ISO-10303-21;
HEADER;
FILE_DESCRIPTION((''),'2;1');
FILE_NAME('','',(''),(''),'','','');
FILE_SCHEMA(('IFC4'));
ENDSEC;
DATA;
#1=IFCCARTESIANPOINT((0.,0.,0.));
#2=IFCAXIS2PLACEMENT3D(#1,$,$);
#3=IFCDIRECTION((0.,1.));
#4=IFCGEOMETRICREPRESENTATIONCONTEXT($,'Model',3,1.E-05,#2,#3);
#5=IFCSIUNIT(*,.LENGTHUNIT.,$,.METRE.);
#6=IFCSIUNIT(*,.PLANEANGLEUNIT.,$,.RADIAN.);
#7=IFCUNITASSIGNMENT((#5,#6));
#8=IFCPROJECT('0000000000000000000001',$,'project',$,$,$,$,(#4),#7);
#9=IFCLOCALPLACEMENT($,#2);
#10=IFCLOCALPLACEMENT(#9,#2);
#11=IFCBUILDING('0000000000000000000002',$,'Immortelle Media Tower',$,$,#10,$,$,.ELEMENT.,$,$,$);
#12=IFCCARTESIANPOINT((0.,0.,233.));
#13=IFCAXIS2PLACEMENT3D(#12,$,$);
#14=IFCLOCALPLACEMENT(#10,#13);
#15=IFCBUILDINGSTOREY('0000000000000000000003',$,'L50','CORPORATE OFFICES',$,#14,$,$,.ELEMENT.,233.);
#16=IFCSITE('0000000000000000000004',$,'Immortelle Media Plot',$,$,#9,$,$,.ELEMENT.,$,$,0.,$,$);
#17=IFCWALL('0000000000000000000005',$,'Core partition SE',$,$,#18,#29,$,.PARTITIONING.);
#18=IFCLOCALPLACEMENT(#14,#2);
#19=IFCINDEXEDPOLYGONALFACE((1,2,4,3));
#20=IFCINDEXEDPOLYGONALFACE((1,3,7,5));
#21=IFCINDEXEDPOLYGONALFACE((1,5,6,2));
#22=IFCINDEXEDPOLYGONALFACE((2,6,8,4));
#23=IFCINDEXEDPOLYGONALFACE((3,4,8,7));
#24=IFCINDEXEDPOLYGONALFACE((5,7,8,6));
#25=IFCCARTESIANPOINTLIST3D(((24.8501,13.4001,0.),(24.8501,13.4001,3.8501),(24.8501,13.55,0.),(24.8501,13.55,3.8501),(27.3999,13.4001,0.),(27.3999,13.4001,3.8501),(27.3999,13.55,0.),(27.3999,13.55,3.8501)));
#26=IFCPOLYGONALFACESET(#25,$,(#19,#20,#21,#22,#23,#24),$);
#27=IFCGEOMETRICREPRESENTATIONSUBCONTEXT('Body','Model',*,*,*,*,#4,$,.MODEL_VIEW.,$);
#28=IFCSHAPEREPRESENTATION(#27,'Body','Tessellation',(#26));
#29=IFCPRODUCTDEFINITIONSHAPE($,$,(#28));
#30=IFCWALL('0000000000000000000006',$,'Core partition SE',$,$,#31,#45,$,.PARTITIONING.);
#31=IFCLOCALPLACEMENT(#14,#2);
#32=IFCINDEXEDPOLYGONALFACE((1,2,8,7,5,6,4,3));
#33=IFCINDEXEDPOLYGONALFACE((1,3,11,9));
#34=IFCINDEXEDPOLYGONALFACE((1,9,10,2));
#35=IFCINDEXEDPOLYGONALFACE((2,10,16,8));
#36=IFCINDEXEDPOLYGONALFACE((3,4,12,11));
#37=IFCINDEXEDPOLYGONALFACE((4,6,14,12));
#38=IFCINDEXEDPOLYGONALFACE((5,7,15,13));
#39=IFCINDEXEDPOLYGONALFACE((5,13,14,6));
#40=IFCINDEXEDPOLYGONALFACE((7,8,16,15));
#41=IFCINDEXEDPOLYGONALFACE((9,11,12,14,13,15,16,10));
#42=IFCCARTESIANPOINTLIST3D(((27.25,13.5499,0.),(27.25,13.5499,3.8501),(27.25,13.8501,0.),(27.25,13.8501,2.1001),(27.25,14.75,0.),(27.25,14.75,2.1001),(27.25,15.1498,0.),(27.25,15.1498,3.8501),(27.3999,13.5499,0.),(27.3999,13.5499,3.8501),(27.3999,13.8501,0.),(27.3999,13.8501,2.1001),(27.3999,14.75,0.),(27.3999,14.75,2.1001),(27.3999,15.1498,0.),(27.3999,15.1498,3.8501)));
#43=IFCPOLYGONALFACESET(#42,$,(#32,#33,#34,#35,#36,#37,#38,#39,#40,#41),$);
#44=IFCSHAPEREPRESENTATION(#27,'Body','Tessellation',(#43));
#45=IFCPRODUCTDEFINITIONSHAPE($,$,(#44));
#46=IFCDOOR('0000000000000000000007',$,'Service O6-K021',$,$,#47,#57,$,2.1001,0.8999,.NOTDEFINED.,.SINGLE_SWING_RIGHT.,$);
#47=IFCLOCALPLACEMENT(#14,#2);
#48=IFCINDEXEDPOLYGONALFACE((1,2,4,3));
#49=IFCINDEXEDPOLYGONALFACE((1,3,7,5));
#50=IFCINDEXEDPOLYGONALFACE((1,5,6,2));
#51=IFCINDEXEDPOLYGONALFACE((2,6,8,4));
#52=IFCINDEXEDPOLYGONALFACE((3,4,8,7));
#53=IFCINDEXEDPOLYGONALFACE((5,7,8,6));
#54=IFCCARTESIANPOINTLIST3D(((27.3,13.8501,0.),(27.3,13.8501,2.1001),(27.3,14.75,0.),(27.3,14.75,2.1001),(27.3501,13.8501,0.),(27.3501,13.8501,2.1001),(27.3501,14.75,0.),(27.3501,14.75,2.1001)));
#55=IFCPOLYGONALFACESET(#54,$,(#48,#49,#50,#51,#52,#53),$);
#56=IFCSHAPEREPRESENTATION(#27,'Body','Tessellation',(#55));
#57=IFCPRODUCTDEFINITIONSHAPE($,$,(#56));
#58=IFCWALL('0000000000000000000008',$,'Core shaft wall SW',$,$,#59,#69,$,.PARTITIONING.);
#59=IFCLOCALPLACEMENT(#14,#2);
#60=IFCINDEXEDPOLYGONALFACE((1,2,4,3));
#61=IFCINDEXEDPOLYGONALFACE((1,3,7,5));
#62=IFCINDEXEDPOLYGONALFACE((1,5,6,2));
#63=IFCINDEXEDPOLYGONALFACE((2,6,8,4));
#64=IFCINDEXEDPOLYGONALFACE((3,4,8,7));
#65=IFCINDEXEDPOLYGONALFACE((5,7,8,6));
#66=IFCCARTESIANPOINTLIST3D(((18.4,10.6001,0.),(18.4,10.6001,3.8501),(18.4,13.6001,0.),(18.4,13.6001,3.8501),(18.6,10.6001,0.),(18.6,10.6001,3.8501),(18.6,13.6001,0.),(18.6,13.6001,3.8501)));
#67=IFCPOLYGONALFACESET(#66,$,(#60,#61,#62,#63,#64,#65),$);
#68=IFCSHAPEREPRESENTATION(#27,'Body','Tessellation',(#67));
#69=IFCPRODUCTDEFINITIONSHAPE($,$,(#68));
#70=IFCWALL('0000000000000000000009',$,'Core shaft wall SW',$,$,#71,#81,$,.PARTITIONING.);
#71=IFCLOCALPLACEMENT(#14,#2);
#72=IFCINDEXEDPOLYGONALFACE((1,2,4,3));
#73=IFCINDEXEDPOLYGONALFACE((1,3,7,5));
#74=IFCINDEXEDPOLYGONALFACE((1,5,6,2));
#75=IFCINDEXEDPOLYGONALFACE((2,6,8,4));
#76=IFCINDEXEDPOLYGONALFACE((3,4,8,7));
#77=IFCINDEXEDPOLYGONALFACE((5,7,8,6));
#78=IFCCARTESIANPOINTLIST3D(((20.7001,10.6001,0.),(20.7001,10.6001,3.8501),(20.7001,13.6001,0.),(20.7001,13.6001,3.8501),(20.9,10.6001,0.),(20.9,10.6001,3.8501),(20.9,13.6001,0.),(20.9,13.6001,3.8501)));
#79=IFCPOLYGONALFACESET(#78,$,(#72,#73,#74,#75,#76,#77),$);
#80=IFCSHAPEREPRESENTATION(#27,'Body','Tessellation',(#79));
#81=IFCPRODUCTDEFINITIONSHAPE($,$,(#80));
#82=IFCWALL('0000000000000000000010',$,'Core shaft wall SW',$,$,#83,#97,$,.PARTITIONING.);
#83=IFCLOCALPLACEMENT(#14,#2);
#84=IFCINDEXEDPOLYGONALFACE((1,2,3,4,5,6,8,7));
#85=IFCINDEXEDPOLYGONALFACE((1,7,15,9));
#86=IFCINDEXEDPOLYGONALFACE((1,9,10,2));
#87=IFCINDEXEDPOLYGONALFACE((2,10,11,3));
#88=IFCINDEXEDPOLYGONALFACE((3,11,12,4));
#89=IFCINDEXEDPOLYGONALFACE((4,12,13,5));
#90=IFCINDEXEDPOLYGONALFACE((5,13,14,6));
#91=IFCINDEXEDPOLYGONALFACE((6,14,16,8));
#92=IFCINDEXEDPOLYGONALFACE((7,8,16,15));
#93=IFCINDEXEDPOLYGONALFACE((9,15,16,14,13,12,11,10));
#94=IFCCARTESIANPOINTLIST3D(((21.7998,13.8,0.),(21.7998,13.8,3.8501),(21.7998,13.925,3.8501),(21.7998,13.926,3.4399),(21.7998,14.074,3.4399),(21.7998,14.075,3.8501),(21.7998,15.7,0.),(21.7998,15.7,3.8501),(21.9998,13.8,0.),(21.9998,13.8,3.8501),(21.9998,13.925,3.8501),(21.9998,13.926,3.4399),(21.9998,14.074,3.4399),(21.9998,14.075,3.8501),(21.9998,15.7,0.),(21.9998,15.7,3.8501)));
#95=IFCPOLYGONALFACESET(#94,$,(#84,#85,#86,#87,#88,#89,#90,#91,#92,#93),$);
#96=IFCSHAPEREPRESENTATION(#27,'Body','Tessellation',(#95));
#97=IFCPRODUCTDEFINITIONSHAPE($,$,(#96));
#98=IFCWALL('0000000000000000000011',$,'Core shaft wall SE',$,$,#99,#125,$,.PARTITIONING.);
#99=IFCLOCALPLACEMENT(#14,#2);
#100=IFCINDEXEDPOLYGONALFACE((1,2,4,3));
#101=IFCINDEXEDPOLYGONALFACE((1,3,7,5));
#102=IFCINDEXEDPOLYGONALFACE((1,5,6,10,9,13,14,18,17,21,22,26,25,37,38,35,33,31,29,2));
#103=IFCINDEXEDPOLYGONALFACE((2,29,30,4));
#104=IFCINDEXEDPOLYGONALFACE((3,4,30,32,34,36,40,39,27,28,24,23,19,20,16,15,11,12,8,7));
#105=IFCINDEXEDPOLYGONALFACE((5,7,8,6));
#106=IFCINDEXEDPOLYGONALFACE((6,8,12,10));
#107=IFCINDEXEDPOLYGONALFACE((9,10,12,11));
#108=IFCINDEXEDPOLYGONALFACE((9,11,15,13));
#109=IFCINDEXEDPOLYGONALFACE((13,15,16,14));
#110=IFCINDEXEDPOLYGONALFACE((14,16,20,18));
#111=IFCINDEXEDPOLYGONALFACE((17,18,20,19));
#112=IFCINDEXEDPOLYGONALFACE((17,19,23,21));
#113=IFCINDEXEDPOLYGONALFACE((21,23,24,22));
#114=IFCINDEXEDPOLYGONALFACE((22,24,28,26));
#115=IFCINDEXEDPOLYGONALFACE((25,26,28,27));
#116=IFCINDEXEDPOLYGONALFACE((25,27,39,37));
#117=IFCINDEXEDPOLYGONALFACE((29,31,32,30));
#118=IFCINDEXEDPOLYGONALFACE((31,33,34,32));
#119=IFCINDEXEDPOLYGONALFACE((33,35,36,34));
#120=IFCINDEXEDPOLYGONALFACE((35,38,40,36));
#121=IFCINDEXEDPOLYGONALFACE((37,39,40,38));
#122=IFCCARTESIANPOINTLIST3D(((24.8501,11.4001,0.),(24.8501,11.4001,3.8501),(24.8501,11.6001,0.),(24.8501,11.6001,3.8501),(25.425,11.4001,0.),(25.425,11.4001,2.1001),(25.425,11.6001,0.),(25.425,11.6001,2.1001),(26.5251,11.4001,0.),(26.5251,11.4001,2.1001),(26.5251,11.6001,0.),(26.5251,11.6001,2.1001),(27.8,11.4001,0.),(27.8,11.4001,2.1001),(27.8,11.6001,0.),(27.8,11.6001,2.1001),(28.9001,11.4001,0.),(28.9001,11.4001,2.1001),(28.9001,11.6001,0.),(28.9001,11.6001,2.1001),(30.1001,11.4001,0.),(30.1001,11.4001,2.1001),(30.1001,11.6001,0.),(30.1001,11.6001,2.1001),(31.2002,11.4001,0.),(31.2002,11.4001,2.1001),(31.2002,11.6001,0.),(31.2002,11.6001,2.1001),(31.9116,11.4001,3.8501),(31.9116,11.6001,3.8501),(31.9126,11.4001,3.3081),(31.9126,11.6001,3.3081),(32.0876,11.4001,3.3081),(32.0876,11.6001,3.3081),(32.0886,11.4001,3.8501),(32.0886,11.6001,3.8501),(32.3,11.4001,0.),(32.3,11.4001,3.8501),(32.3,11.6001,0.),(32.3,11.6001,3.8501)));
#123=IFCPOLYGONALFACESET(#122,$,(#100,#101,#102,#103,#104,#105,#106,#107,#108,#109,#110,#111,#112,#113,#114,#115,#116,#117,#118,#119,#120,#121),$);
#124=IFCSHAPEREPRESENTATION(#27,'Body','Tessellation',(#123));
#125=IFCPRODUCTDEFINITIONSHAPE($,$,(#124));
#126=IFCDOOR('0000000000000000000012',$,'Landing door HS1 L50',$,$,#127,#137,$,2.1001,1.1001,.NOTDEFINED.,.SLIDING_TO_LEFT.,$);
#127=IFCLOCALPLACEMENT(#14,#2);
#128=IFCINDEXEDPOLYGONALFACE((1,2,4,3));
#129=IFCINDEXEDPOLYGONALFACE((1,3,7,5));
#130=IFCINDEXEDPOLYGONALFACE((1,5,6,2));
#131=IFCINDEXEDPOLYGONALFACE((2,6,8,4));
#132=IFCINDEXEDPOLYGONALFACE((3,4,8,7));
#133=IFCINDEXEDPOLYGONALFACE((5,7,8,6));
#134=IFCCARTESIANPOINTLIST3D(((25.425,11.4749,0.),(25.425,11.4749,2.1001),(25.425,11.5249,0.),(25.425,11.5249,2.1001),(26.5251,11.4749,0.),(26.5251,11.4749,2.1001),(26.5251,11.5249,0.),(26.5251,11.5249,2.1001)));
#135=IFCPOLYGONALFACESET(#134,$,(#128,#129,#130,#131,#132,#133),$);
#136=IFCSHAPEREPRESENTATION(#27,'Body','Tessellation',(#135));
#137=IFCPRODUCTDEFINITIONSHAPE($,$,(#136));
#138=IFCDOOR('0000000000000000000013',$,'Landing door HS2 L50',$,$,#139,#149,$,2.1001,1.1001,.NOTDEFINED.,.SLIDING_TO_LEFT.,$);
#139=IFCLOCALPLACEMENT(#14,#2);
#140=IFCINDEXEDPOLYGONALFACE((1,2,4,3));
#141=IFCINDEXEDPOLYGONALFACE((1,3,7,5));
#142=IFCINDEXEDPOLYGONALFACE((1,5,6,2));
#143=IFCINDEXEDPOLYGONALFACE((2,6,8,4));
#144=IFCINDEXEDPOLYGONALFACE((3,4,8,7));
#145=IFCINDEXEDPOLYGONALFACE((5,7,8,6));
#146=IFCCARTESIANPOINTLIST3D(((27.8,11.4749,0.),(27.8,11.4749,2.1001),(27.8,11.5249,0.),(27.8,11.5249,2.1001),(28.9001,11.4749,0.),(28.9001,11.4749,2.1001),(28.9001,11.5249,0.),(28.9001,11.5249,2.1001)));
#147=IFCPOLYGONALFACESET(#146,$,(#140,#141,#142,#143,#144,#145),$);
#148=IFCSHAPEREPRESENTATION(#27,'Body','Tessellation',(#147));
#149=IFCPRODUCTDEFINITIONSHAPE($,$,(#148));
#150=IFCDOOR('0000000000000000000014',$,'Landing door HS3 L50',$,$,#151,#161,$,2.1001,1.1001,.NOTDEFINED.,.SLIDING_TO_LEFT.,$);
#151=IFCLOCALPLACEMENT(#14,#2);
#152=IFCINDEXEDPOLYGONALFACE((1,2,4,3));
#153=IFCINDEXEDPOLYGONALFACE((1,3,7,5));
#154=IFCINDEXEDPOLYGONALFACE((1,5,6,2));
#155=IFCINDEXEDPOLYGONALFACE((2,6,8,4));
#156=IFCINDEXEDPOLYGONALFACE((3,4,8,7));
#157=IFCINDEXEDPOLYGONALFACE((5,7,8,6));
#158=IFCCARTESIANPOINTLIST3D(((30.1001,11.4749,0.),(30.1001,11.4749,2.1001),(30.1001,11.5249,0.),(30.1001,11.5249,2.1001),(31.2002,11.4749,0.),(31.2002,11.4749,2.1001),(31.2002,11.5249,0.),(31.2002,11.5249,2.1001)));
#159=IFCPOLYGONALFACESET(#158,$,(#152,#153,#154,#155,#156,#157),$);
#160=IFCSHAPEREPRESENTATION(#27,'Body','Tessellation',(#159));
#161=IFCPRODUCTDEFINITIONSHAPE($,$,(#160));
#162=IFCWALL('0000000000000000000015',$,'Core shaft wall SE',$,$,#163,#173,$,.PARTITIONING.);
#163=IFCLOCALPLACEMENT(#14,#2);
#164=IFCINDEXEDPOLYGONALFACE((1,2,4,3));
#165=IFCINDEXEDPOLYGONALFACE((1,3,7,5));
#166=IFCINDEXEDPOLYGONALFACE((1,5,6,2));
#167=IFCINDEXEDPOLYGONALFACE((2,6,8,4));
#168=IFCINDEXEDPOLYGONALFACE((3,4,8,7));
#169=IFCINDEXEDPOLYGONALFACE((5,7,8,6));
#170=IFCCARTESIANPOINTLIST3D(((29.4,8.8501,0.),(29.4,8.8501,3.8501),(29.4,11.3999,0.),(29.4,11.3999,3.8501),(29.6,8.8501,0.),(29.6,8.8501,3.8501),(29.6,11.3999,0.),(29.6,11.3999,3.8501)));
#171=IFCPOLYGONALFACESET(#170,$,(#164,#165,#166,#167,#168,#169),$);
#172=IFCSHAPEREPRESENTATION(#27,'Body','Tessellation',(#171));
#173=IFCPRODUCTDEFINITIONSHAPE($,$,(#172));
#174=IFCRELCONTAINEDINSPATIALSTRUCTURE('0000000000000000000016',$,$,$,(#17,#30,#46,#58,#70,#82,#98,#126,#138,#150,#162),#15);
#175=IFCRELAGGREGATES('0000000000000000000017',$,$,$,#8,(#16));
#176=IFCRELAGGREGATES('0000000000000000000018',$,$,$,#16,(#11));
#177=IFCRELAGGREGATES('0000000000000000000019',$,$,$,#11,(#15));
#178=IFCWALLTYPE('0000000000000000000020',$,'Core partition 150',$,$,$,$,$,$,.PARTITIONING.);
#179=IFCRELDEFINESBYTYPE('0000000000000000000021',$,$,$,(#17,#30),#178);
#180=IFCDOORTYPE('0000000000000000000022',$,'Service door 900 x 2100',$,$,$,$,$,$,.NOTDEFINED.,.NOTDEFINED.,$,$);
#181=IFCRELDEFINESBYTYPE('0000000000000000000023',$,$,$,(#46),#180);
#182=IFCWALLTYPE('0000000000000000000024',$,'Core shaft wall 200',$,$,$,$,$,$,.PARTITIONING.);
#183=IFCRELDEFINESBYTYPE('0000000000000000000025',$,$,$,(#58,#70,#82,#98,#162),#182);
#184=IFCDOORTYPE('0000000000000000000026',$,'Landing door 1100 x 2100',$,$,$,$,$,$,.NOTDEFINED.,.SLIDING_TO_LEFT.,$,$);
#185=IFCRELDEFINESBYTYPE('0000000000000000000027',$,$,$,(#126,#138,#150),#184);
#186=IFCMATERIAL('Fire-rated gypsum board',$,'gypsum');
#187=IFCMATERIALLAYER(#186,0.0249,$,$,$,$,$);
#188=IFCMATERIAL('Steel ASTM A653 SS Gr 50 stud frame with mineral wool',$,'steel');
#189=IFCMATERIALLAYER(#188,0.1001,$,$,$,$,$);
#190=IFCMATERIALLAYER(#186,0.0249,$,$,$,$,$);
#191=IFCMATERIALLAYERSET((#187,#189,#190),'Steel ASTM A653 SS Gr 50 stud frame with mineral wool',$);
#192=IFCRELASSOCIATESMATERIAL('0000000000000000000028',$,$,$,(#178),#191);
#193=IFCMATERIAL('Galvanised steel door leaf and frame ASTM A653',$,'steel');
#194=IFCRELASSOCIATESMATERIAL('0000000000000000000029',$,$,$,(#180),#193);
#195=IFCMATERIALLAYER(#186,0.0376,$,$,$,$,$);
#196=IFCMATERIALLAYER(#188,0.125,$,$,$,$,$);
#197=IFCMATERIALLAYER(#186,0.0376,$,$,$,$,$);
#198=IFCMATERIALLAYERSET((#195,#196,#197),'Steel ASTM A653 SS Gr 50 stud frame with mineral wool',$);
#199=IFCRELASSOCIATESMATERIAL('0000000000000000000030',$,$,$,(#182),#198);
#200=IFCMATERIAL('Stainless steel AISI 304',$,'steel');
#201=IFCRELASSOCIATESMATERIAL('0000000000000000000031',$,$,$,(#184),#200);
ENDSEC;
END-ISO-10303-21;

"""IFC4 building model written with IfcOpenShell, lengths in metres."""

from ifc_helpers import new_model, si_unit, direction, frame, frame_2d, origin, place, context, subcontext, project, spatial, polyline, rectangle, outline, extrude, material, layer, layer_set, type_object, element, fill, save


model = new_model("IFC4")

# Units and contexts
model_context = context("Model", 3, precision=1e-05, world=origin(), true_north=direction((0.0, 1.0)))
body_context = subcontext(model_context, "Body", "Model", "MODEL_VIEW")
ifc_project = project(units=[si_unit("LENGTHUNIT", "METRE"), si_unit("PLANEANGLEUNIT", "RADIAN")], contexts=[model_context])

# Site, building, storey
site_placement = place(None, origin())
site = spatial("IfcSite", under=ifc_project, at=site_placement, Name="Immortelle Media Plot", CompositionType="ELEMENT", RefElevation=0.0)
building_placement = place(site_placement, origin())
building = spatial("IfcBuilding", under=site, at=building_placement, Name="Immortelle Media Tower", CompositionType="ELEMENT")
storey_placement = place(building_placement, frame((0.0, 0.0, 233.0)))
storey = spatial("IfcBuildingStorey", under=building, at=storey_placement, Name="L50", Description="CORPORATE OFFICES", CompositionType="ELEMENT", Elevation=233.0)

# Wall
ifc_material_1 = material(Name="Fire-rated gypsum board", Category="gypsum")
ifc_layer_1 = layer(ifc_material_1, 0.0249)
ifc_material_2 = material(Name="Steel ASTM A653 SS Gr 50 stud frame with mineral wool", Category="steel")
ifc_layer_2 = layer(ifc_material_2, 0.1001)
ifc_layer_3 = layer(ifc_material_1, 0.0249)
ifc_layer_set_1 = layer_set([ifc_layer_1, ifc_layer_2, ifc_layer_3], Name="Steel ASTM A653 SS Gr 50 stud frame with mineral wool")
wall_type_1 = type_object("IfcWallType", Name="Core partition 150", PredefinedType="PARTITIONING", material=ifc_layer_set_1)
wall_1_placement = place(storey_placement, frame((24.8501, 13.4751, 0.0), z_axis=(0.0, 0.0, 1.0), x_axis=(1.0, 0.0, 0.0)))
element("IfcWall", 1, at=wall_1_placement, inside=storey, type_object=wall_type_1, Name="Core partition SE", PredefinedType="PARTITIONING", context=body_context, shape_type="SweptSolid", body=[
    extrude(rectangle(XDim=2.5498, YDim=0.1499, at=frame_2d((1.2749, 0.0))), origin(), (0.0, 0.0, 1.0), 3.8501),
])

# Wall, opening, door
wall_2_placement = place(storey_placement, frame((27.325, 13.55, 0.0), z_axis=(0.0, 0.0, 1.0), x_axis=(0.0, 1.0, 0.0)))
wall_2 = element("IfcWall", 2, at=wall_2_placement, inside=storey, type_object=wall_type_1, Name="Core partition SE", PredefinedType="PARTITIONING", context=body_context, shape_type="SweptSolid", body=[
    extrude(rectangle(XDim=1.5999, YDim=0.1499, at=frame_2d((0.7998, 0.0))), origin(), (0.0, 0.0, 1.0), 3.8501),
])
opening_1_placement = place(wall_2_placement, frame((0.3, 0.0, 0.0)))
opening_1 = element("IfcOpeningElement", 3, at=opening_1_placement, cuts=wall_2, PredefinedType="OPENING", context=body_context, shape_type="SweptSolid", body=[
    extrude(rectangle(XDim=0.8999, YDim=2.1001, at=frame_2d((0.45, 1.05))), frame((0.0, 0.085, 0.0), z_axis=(0.0, -1.0, 0.0), x_axis=(1.0, 0.0, 0.0)), (0.0, 0.0, 1.0), 0.1699),
])
ifc_material_3 = material(Name="Galvanised steel door leaf and frame ASTM A653", Category="steel")
door_type_1 = type_object("IfcDoorType", Name="Service door 900 x 2100", OperationType="NOTDEFINED", PredefinedType="NOTDEFINED", material=ifc_material_3)
door_1_placement = place(opening_1_placement, origin())
door_1 = element("IfcDoor", 4, at=door_1_placement, inside=storey, type_object=door_type_1, Name="Service O6-K021", OperationType="SINGLE_SWING_RIGHT", OverallHeight=2.1001, OverallWidth=0.8999, PredefinedType="NOTDEFINED", context=body_context, shape_type="SweptSolid", body=[
    extrude(rectangle(XDim=0.8999, YDim=2.1001, at=frame_2d((0.45, 1.05))), frame((0.0, 0.0249, 0.0), z_axis=(0.0, -1.0, 0.0), x_axis=(1.0, 0.0, 0.0)), (0.0, 0.0, 1.0), 0.05),
])
fill(opening_1, door_1)

# Walls
ifc_layer_4 = layer(ifc_material_1, 0.0376)
ifc_layer_5 = layer(ifc_material_2, 0.125)
ifc_layer_6 = layer(ifc_material_1, 0.0376)
ifc_layer_set_2 = layer_set([ifc_layer_4, ifc_layer_5, ifc_layer_6], Name="Steel ASTM A653 SS Gr 50 stud frame with mineral wool")
wall_type_2 = type_object("IfcWallType", Name="Core shaft wall 200", PredefinedType="PARTITIONING", material=ifc_layer_set_2)
for number, where, z_axis, x_axis, name in (
    (5, (18.5, 10.6001, 0.0), (0.0, 0.0, 1.0), (0.0, 1.0, 0.0), "Core shaft wall SW"),
    (6, (20.8, 10.6001, 0.0), (0.0, 0.0, 1.0), (0.0, 1.0, 0.0), "Core shaft wall SW"),
):
    element("IfcWall", number, at=place(storey_placement, frame(where, z_axis=z_axis, x_axis=x_axis)), inside=storey, type_object=wall_type_2, Name=name, PredefinedType="PARTITIONING", context=body_context, shape_type="SweptSolid", body=[
        extrude(rectangle(XDim=3.0, YDim=0.2, at=frame_2d((1.5, 0.0))), origin(), (0.0, 0.0, 1.0), 3.8501),
    ])
wall_3_placement = place(storey_placement, frame((21.8999, 13.8, 0.0), z_axis=(0.0, 0.0, 1.0), x_axis=(0.0, 1.0, 0.0)))
element("IfcWall", 7, at=wall_3_placement, inside=storey, type_object=wall_type_2, Name="Core shaft wall SW", PredefinedType="PARTITIONING", context=body_context, shape_type="SweptSolid", body=[
    extrude(outline(polyline([(0.0, 0.0), (1.8999, 0.0), (1.8999, 3.8501), (0.2749, 3.8501), (0.2739, 3.4399), (0.126, 3.4399), (0.125, 3.8501), (0.0, 3.8501), (0.0, 0.0)])), frame((0.0, 0.1001, 0.0), z_axis=(0.0, -1.0, 0.0), x_axis=(1.0, 0.0, 0.0)), (0.0, 0.0, 1.0), 0.2),
])

# Wall, openings, doors
wall_4_placement = place(storey_placement, frame((24.8501, 11.5, 0.0), z_axis=(0.0, 0.0, 1.0), x_axis=(1.0, 0.0, 0.0)))
wall_4 = element("IfcWall", 8, at=wall_4_placement, inside=storey, type_object=wall_type_2, Name="Core shaft wall SE", PredefinedType="PARTITIONING", context=body_context, shape_type="SweptSolid", body=[
    extrude(outline(polyline([(0.0, 0.0), (7.45, 0.0), (7.45, 3.8501), (7.2385, 3.8501), (7.2375, 3.3081), (7.0625, 3.3081), (7.0615, 3.8501), (0.0, 3.8501), (0.0, 0.0)])), frame((0.0, 0.1001, 0.0), z_axis=(0.0, -1.0, 0.0), x_axis=(1.0, 0.0, 0.0)), (0.0, 0.0, 1.0), 0.2),
])
opening_2_placement = place(wall_4_placement, frame((0.575, 0.0, 0.0)))
opening_2 = element("IfcOpeningElement", 9, at=opening_2_placement, cuts=wall_4, PredefinedType="OPENING", context=body_context, shape_type="SweptSolid", body=[
    extrude(rectangle(XDim=1.1001, YDim=2.1001, at=frame_2d((0.55, 1.05))), frame((0.0, 0.1099, 0.0), z_axis=(0.0, -1.0, 0.0), x_axis=(1.0, 0.0, 0.0)), (0.0, 0.0, 1.0), 0.22),
])
opening_3_placement = place(wall_4_placement, frame((2.95, 0.0, 0.0)))
opening_3 = element("IfcOpeningElement", 10, at=opening_3_placement, cuts=wall_4, PredefinedType="OPENING", context=body_context, shape_type="SweptSolid", body=[
    extrude(rectangle(XDim=1.1001, YDim=2.1001, at=frame_2d((0.55, 1.05))), frame((0.0, 0.1099, 0.0), z_axis=(0.0, -1.0, 0.0), x_axis=(1.0, 0.0, 0.0)), (0.0, 0.0, 1.0), 0.22),
])
opening_4_placement = place(wall_4_placement, frame((5.25, 0.0, 0.0)))
opening_4 = element("IfcOpeningElement", 11, at=opening_4_placement, cuts=wall_4, PredefinedType="OPENING", context=body_context, shape_type="SweptSolid", body=[
    extrude(rectangle(XDim=1.1001, YDim=2.1001, at=frame_2d((0.55, 1.05))), frame((0.0, 0.1099, 0.0), z_axis=(0.0, -1.0, 0.0), x_axis=(1.0, 0.0, 0.0)), (0.0, 0.0, 1.0), 0.22),
])
ifc_material_4 = material(Name="Stainless steel AISI 304", Category="steel")
door_type_2 = type_object("IfcDoorType", Name="Landing door 1100 x 2100", OperationType="SLIDING_TO_LEFT", PredefinedType="NOTDEFINED", material=ifc_material_4)
door_2_placement = place(opening_2_placement, origin())
door_2 = element("IfcDoor", 12, at=door_2_placement, inside=storey, type_object=door_type_2, Name="Landing door HS1 L50", OperationType="SLIDING_TO_LEFT", OverallHeight=2.1001, OverallWidth=1.1001, PredefinedType="NOTDEFINED", context=body_context, shape_type="SweptSolid", body=[
    extrude(rectangle(XDim=1.1001, YDim=2.1001, at=frame_2d((0.55, 1.05))), frame((0.0, 0.0249, 0.0), z_axis=(0.0, -1.0, 0.0), x_axis=(1.0, 0.0, 0.0)), (0.0, 0.0, 1.0), 0.05),
])
fill(opening_2, door_2)
door_3_placement = place(opening_3_placement, origin())
door_3 = element("IfcDoor", 13, at=door_3_placement, inside=storey, type_object=door_type_2, Name="Landing door HS2 L50", OperationType="SLIDING_TO_LEFT", OverallHeight=2.1001, OverallWidth=1.1001, PredefinedType="NOTDEFINED", context=body_context, shape_type="SweptSolid", body=[
    extrude(rectangle(XDim=1.1001, YDim=2.1001, at=frame_2d((0.55, 1.05))), frame((0.0, 0.0249, 0.0), z_axis=(0.0, -1.0, 0.0), x_axis=(1.0, 0.0, 0.0)), (0.0, 0.0, 1.0), 0.05),
])
fill(opening_3, door_3)
door_4_placement = place(opening_4_placement, origin())
door_4 = element("IfcDoor", 14, at=door_4_placement, inside=storey, type_object=door_type_2, Name="Landing door HS3 L50", OperationType="SLIDING_TO_LEFT", OverallHeight=2.1001, OverallWidth=1.1001, PredefinedType="NOTDEFINED", context=body_context, shape_type="SweptSolid", body=[
    extrude(rectangle(XDim=1.1001, YDim=2.1001, at=frame_2d((0.55, 1.05))), frame((0.0, 0.0249, 0.0), z_axis=(0.0, -1.0, 0.0), x_axis=(1.0, 0.0, 0.0)), (0.0, 0.0, 1.0), 0.05),
])
fill(opening_4, door_4)

# Wall
wall_5_placement = place(storey_placement, frame((29.5, 8.8501, 0.0), z_axis=(0.0, 0.0, 1.0), x_axis=(0.0, 1.0, 0.0)))
element("IfcWall", 15, at=wall_5_placement, inside=storey, type_object=wall_type_2, Name="Core shaft wall SE", PredefinedType="PARTITIONING", context=body_context, shape_type="SweptSolid", body=[
    extrude(rectangle(XDim=2.5498, YDim=0.2, at=frame_2d((1.2749, 0.0))), origin(), (0.0, 0.0, 1.0), 3.8501),
])

save(model, "model.ifc")
